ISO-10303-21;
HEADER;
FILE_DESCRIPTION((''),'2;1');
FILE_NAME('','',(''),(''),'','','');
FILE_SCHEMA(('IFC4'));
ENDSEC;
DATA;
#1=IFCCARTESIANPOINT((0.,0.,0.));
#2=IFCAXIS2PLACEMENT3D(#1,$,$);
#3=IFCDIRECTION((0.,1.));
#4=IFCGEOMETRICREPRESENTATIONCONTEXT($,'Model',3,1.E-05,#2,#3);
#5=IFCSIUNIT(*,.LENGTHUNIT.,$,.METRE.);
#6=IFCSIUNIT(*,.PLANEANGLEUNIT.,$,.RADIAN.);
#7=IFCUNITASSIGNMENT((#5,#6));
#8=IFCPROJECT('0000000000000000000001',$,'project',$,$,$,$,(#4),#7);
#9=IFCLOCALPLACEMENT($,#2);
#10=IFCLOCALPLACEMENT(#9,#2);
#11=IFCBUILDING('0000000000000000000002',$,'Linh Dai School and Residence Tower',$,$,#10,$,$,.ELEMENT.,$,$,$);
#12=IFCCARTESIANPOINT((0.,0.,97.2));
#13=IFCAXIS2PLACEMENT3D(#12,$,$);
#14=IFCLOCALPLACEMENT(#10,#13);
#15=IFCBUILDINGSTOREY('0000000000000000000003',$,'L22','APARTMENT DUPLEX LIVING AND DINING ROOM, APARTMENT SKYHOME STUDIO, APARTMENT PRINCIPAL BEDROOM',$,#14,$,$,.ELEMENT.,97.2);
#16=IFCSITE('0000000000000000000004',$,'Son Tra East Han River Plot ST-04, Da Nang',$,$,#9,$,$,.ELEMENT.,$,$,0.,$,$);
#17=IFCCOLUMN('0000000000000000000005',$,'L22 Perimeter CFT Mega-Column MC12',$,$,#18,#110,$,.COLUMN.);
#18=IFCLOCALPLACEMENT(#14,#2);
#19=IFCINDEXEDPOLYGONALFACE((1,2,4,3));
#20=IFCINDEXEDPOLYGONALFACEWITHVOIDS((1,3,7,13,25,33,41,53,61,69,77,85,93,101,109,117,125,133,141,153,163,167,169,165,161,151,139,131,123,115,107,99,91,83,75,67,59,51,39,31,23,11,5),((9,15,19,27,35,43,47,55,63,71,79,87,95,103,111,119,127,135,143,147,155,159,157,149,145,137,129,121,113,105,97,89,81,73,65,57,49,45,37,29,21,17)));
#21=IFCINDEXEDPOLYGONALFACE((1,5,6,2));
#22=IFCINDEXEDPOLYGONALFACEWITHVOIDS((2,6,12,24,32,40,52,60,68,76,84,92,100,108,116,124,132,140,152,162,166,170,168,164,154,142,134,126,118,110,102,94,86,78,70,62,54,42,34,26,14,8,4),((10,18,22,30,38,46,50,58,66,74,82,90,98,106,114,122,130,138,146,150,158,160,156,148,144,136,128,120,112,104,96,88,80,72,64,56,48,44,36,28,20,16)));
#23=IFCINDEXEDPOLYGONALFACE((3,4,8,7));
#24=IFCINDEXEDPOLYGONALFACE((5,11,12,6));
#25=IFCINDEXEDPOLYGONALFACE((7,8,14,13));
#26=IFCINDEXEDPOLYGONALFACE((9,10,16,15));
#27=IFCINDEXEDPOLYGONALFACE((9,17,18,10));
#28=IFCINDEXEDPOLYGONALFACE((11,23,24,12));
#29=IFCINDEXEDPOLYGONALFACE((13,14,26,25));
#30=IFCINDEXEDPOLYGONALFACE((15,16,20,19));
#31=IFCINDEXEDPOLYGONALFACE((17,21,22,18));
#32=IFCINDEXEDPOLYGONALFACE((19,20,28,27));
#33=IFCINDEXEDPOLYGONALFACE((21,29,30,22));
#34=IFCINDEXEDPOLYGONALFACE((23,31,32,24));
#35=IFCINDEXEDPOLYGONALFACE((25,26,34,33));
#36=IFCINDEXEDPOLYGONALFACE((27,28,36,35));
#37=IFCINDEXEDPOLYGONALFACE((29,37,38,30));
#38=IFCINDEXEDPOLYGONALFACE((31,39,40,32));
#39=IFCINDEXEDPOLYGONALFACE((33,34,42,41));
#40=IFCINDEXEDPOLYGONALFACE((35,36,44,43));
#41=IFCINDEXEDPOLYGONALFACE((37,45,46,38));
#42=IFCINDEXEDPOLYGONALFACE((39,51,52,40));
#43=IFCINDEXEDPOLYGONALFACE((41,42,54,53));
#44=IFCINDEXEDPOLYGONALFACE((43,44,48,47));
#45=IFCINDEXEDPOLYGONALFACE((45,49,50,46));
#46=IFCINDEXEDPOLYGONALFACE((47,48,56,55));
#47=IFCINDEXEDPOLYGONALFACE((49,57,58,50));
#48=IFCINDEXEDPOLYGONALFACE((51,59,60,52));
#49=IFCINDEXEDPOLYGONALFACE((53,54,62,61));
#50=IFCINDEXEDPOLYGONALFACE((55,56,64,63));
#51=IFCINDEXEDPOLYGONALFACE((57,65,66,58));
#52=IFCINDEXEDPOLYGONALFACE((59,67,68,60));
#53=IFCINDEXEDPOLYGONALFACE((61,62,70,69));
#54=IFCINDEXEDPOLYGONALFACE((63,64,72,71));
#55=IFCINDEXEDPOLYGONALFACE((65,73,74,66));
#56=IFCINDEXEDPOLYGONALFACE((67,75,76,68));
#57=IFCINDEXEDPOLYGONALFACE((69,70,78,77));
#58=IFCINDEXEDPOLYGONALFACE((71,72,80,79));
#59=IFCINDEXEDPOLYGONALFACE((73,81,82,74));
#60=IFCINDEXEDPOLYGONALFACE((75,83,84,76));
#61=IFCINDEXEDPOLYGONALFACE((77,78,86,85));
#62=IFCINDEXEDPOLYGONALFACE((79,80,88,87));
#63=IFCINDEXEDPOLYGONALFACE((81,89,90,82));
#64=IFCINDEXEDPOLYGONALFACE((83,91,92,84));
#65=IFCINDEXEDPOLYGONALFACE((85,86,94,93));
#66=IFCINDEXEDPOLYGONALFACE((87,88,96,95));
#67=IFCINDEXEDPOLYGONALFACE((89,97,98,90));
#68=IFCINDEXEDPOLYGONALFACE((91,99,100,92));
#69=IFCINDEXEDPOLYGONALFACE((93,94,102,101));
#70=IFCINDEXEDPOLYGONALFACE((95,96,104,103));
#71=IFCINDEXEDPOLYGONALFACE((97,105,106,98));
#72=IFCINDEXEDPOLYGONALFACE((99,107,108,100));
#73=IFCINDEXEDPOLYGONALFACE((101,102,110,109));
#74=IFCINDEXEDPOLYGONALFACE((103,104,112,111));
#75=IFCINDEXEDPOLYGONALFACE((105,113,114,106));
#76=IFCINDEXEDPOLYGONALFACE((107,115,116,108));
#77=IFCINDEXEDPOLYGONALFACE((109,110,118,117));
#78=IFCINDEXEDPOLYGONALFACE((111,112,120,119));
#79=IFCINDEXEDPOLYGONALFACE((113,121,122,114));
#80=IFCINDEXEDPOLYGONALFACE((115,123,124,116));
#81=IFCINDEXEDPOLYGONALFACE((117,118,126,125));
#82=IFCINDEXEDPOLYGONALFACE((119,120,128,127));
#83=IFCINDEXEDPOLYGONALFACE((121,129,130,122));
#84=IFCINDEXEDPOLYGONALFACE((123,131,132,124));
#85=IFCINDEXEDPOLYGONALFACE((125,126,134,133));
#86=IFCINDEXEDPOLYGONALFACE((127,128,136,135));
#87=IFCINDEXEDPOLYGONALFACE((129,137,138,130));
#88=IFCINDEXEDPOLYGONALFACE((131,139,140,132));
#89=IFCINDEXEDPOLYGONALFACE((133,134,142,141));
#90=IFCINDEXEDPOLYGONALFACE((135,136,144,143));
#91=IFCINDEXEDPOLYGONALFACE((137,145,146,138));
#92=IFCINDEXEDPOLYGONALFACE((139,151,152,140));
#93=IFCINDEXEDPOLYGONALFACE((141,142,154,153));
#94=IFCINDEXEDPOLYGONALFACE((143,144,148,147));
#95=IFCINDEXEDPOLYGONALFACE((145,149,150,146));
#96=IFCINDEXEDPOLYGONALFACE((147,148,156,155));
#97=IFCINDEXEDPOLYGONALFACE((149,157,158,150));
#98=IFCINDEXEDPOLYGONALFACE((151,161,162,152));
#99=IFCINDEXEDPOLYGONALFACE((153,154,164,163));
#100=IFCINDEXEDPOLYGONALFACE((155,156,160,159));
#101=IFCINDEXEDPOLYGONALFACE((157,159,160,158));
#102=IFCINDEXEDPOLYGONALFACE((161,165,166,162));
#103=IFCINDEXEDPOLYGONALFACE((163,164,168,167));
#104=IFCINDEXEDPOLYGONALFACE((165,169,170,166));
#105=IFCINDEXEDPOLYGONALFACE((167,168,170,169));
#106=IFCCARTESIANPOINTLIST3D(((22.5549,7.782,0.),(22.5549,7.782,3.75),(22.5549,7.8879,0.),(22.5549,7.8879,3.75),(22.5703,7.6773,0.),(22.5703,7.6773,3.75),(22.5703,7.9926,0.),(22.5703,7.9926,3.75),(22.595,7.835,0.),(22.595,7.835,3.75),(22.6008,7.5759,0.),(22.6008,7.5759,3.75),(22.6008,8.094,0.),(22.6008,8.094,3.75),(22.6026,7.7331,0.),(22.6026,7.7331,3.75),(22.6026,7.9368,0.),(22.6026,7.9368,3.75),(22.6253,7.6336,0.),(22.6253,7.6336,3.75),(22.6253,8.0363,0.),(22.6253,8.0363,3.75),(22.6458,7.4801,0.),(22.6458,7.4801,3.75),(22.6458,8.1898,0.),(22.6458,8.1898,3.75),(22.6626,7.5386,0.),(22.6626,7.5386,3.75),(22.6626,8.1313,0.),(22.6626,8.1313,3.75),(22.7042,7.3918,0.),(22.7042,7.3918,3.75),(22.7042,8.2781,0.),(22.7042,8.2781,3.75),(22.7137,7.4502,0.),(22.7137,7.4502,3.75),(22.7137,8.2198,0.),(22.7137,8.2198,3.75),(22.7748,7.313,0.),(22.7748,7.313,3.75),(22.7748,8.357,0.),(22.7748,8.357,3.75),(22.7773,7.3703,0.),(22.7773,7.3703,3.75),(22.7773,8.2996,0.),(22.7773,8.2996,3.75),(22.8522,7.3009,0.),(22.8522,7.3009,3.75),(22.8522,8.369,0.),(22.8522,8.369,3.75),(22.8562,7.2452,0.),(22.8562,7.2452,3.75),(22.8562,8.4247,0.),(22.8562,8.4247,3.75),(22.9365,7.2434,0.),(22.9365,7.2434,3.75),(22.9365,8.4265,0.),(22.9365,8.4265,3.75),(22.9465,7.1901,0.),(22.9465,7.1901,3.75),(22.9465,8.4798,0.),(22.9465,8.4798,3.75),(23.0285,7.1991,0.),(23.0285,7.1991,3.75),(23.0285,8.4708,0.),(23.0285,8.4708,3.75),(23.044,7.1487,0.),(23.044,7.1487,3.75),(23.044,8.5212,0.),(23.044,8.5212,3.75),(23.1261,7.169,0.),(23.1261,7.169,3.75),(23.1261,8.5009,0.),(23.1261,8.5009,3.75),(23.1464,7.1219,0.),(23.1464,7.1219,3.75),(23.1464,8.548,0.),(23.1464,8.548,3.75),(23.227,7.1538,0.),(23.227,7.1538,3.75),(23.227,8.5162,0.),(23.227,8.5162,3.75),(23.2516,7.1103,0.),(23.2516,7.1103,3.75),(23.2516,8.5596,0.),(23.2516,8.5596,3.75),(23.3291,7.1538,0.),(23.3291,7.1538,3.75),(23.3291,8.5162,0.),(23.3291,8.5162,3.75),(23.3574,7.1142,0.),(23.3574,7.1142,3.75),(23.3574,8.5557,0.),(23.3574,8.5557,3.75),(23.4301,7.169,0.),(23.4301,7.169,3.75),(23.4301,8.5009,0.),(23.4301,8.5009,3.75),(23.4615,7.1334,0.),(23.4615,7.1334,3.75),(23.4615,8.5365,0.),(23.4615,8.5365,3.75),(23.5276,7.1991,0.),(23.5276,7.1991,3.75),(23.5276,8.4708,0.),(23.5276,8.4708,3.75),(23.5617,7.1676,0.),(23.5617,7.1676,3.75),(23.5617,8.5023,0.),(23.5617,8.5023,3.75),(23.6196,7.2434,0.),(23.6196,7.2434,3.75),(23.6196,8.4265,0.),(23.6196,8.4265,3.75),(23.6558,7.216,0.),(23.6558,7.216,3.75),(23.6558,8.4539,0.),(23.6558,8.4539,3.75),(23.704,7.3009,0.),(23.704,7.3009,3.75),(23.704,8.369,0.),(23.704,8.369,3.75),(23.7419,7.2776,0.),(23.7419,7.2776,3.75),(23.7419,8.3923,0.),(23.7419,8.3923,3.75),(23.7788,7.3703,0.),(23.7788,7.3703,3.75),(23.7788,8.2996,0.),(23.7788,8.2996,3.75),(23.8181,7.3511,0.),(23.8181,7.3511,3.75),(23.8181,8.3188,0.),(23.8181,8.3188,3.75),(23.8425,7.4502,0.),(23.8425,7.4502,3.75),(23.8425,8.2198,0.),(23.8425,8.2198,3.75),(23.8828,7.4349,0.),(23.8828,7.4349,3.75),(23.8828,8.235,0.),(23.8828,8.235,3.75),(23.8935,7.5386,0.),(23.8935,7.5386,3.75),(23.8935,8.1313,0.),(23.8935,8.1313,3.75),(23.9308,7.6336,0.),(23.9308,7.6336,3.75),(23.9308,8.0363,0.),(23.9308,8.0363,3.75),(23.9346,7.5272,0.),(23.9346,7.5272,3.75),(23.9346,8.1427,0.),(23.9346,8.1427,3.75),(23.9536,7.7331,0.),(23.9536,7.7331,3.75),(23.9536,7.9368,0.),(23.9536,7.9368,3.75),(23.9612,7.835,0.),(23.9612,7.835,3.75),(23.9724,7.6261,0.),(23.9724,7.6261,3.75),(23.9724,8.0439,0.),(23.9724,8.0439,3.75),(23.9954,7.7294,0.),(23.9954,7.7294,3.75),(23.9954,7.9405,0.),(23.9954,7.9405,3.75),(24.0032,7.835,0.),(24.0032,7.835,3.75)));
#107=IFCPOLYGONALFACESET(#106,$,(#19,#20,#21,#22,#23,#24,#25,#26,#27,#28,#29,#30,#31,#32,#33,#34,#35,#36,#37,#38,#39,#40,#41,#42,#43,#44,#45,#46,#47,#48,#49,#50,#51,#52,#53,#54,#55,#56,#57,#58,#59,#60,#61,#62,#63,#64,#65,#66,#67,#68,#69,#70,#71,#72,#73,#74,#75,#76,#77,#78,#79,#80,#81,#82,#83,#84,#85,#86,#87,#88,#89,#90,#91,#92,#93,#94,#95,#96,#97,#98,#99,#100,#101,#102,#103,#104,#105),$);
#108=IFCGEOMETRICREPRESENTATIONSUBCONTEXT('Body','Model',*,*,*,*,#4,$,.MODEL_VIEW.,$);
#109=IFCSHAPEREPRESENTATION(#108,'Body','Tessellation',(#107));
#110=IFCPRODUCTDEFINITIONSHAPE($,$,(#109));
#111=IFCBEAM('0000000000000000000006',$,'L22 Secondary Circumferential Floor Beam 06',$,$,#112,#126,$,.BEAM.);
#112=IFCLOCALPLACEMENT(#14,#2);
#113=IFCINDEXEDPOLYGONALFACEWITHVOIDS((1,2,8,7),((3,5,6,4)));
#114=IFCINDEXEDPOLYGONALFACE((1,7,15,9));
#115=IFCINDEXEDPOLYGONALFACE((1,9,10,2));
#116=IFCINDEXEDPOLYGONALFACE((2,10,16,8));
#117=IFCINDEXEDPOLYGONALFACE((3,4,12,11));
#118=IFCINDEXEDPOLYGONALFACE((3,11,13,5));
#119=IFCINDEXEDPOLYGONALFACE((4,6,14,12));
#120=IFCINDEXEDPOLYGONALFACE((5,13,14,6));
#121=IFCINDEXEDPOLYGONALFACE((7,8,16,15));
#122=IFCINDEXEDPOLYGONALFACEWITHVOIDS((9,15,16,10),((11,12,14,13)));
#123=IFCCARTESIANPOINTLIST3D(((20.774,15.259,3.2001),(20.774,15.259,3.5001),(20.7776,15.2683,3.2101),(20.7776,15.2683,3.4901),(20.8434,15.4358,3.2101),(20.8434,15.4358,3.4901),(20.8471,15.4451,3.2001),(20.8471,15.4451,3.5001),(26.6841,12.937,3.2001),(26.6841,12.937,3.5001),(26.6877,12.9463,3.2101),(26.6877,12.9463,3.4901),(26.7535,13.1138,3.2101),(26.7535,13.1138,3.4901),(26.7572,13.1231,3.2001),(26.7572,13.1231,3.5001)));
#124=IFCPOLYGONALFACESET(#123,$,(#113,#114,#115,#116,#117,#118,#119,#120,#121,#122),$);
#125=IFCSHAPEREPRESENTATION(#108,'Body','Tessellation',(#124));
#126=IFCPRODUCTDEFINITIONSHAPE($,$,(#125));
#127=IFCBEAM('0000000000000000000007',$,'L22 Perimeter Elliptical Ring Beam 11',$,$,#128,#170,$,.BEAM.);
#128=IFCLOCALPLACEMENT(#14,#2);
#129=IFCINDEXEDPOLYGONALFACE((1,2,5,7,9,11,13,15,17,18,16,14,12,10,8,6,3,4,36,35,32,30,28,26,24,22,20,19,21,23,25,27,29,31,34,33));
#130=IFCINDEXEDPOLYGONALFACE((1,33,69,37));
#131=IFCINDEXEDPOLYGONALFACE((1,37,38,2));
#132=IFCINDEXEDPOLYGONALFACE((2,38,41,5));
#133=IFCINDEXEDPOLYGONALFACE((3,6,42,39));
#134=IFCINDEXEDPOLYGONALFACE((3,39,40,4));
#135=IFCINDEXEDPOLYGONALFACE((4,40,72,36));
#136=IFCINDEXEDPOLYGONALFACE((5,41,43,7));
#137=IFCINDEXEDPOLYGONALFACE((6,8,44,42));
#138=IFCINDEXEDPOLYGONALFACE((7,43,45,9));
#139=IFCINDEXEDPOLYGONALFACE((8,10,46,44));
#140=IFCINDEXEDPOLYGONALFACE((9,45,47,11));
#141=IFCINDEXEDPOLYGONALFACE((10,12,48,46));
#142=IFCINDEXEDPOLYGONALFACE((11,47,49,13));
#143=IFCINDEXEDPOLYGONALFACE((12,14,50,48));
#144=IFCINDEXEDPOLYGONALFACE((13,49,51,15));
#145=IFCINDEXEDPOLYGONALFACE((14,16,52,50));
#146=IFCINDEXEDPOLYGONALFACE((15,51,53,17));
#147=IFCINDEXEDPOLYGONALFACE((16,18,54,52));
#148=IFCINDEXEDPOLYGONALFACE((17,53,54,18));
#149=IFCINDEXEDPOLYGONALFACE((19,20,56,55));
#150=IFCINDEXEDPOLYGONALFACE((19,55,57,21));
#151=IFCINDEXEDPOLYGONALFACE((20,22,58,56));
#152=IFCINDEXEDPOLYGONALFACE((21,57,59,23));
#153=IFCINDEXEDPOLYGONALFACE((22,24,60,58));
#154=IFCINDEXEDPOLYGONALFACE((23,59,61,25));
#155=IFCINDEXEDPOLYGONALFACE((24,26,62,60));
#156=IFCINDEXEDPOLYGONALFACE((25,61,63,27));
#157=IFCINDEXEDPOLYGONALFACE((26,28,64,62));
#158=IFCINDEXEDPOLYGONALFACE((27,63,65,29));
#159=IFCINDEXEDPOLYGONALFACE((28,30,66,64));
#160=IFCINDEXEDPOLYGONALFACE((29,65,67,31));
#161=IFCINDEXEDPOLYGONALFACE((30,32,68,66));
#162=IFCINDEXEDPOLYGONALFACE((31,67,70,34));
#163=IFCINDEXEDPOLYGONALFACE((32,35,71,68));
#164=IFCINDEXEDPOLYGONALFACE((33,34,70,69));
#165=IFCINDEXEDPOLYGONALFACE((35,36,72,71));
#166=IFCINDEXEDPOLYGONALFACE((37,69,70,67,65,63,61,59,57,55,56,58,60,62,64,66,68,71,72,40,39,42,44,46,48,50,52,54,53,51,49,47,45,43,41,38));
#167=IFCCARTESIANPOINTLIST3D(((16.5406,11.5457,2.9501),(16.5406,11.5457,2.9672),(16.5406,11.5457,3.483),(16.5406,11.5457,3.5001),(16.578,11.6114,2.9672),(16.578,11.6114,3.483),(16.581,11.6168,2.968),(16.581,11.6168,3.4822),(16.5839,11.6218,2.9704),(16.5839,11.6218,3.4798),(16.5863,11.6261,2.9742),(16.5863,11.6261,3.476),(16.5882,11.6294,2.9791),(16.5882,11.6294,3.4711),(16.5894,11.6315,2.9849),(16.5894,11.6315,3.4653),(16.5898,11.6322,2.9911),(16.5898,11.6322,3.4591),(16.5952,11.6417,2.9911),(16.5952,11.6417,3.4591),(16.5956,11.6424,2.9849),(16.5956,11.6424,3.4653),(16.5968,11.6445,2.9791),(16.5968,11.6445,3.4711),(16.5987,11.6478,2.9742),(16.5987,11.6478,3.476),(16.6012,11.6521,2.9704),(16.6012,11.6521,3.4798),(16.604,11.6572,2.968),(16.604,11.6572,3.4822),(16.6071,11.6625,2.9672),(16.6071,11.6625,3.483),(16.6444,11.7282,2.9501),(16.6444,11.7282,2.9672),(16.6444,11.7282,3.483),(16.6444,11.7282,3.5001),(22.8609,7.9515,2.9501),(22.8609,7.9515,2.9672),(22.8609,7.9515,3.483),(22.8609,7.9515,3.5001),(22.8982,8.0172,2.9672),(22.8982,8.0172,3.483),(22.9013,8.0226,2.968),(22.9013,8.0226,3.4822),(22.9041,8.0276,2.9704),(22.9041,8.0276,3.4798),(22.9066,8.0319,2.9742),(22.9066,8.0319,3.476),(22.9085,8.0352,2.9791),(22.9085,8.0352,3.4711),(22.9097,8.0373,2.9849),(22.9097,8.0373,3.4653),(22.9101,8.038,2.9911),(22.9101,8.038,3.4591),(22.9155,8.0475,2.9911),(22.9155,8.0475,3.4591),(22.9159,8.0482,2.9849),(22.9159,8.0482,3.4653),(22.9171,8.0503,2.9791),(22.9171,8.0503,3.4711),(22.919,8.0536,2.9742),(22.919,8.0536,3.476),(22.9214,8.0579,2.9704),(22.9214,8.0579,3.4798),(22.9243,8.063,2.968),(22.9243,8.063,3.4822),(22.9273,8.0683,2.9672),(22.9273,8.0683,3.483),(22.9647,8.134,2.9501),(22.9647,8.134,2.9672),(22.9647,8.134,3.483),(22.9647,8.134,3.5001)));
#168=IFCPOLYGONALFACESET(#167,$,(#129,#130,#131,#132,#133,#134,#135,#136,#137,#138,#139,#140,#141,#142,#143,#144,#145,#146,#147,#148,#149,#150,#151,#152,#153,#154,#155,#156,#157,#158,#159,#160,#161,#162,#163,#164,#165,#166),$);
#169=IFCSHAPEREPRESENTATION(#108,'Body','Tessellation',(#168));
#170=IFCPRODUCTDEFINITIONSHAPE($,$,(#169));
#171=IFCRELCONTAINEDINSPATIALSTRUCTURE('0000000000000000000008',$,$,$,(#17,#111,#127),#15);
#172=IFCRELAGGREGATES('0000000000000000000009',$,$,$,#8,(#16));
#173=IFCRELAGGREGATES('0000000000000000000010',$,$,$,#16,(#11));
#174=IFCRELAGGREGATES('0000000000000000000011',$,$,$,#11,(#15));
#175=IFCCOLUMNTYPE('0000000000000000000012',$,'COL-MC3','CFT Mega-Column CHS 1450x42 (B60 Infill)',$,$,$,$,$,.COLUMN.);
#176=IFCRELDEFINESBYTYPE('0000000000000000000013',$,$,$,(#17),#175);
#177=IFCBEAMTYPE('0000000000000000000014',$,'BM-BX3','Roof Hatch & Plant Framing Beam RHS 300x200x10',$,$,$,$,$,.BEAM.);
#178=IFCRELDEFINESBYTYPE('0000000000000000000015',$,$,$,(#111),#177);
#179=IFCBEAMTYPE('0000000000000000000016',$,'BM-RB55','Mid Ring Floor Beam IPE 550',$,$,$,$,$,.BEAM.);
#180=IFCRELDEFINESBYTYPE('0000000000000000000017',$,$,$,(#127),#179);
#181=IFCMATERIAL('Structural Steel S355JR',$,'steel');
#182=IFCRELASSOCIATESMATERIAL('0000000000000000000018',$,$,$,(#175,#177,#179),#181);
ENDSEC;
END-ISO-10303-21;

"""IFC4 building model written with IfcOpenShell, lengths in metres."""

from ifc_helpers import new_model, si_unit, direction, frame, origin, origin_2d, place, context, subcontext, project, spatial, hollow_rectangle, hollow_circle, i_section, extrude, material, material_profile, profile_set, type_object, element, save


model = new_model("IFC4")

# Units and contexts
model_context = context("Model", 3, precision=1e-05, world=origin(), true_north=direction((0.0, 1.0)))
body_context = subcontext(model_context, "Body", "Model", "MODEL_VIEW")
ifc_project = project(units=[si_unit("LENGTHUNIT", "METRE"), si_unit("PLANEANGLEUNIT", "RADIAN")], contexts=[model_context])

# Site, building, storey
site_placement = place(None, origin())
site = spatial("IfcSite", under=ifc_project, at=site_placement, Name="Son Tra East Han River Plot ST-04, Da Nang", CompositionType="ELEMENT", RefElevation=0.0)
building_placement = place(site_placement, origin())
building = spatial("IfcBuilding", under=site, at=building_placement, Name="Linh Dai School and Residence Tower", CompositionType="ELEMENT")
storey_placement = place(building_placement, frame((0.0, 0.0, 97.2)))
storey = spatial("IfcBuildingStorey", under=building, at=storey_placement, Name="L22", Description="APARTMENT DUPLEX LIVING AND DINING ROOM, APARTMENT SKYHOME STUDIO, APARTMENT PRINCIPAL BEDROOM", CompositionType="ELEMENT", Elevation=97.2)

# Column
ifc_material_1 = material(Name="Structural Steel S355JR", Category="steel")
ifc_material_profile_1 = material_profile(ifc_material_1, hollow_circle(Radius=0.7251, WallThickness=0.042, at=origin_2d()), Name="CHS 1450x42")
ifc_profile_set_1 = profile_set([ifc_material_profile_1], Name="Structural Steel S355JR")
column_type_1 = type_object("IfcColumnType", Name="COL-MC3", Description="CFT Mega-Column CHS 1450x42 (B60 Infill)", PredefinedType="COLUMN", material=ifc_profile_set_1)
for number, where, z_axis, x_axis, name in (
    (1, (23.2781, 7.835, 0.0), (0.0, 0.0, 1.0), (1.0, 0.0, 0.0), "L22 Perimeter CFT Mega-Column MC12"),
):
    element("IfcColumn", number, at=place(storey_placement, frame(where, z_axis=z_axis, x_axis=x_axis)), inside=storey, type_object=column_type_1, Name=name, PredefinedType="COLUMN", context=body_context, shape_type="SweptSolid", body=[
        extrude(hollow_circle(Radius=0.7251, WallThickness=0.042, at=origin_2d()), origin(), (0.0, 0.0, 1.0), 3.75),
    ])

# Beams
ifc_material_profile_2 = material_profile(ifc_material_1, hollow_rectangle(XDim=0.2, YDim=0.3, WallThickness=0.01, at=origin_2d()), Name="RHS 300x200x10")
ifc_profile_set_2 = profile_set([ifc_material_profile_2], Name="Structural Steel S355JR")
beam_type_1 = type_object("IfcBeamType", Name="BM-BX3", Description="Roof Hatch & Plant Framing Beam RHS 300x200x10", PredefinedType="BEAM", material=ifc_profile_set_2)
beam_1_placement = place(storey_placement, frame((20.8105, 15.3521, 3.3501), z_axis=(0.930742, -0.365676, 0.0), x_axis=(0.365676, 0.930742, 0.0)))
element("IfcBeam", 2, at=beam_1_placement, inside=storey, type_object=beam_type_1, Name="L22 Secondary Circumferential Floor Beam 06", PredefinedType="BEAM", context=body_context, shape_type="SweptSolid", body=[
    extrude(hollow_rectangle(XDim=0.2, YDim=0.3, WallThickness=0.01, at=origin_2d()), origin(), (0.0, 0.0, 1.0), 6.3499),
])
ifc_material_profile_3 = material_profile(ifc_material_1, i_section(OverallWidth=0.21, OverallDepth=0.55, WebThickness=0.011, FlangeThickness=0.0171, FilletRadius=0.0239, at=origin_2d()), Name="IPE 550")
ifc_profile_set_3 = profile_set([ifc_material_profile_3], Name="Structural Steel S355JR")
beam_type_2 = type_object("IfcBeamType", Name="BM-RB55", Description="Mid Ring Floor Beam IPE 550", PredefinedType="BEAM", material=ifc_profile_set_3)
beam_2_placement = place(storey_placement, frame((16.5925, 11.637, 3.2251), z_axis=(0.86927, -0.494337, 0.0), x_axis=(0.494337, 0.86927, 0.0)))
element("IfcBeam", 3, at=beam_2_placement, inside=storey, type_object=beam_type_2, Name="L22 Perimeter Elliptical Ring Beam 11", PredefinedType="BEAM", context=body_context, shape_type="SweptSolid", body=[
    extrude(i_section(OverallWidth=0.21, OverallDepth=0.55, WebThickness=0.011, FlangeThickness=0.0171, FilletRadius=0.0239, at=origin_2d()), origin(), (0.0, 0.0, 1.0), 7.2708),
])

save(model, "model.ifc")
